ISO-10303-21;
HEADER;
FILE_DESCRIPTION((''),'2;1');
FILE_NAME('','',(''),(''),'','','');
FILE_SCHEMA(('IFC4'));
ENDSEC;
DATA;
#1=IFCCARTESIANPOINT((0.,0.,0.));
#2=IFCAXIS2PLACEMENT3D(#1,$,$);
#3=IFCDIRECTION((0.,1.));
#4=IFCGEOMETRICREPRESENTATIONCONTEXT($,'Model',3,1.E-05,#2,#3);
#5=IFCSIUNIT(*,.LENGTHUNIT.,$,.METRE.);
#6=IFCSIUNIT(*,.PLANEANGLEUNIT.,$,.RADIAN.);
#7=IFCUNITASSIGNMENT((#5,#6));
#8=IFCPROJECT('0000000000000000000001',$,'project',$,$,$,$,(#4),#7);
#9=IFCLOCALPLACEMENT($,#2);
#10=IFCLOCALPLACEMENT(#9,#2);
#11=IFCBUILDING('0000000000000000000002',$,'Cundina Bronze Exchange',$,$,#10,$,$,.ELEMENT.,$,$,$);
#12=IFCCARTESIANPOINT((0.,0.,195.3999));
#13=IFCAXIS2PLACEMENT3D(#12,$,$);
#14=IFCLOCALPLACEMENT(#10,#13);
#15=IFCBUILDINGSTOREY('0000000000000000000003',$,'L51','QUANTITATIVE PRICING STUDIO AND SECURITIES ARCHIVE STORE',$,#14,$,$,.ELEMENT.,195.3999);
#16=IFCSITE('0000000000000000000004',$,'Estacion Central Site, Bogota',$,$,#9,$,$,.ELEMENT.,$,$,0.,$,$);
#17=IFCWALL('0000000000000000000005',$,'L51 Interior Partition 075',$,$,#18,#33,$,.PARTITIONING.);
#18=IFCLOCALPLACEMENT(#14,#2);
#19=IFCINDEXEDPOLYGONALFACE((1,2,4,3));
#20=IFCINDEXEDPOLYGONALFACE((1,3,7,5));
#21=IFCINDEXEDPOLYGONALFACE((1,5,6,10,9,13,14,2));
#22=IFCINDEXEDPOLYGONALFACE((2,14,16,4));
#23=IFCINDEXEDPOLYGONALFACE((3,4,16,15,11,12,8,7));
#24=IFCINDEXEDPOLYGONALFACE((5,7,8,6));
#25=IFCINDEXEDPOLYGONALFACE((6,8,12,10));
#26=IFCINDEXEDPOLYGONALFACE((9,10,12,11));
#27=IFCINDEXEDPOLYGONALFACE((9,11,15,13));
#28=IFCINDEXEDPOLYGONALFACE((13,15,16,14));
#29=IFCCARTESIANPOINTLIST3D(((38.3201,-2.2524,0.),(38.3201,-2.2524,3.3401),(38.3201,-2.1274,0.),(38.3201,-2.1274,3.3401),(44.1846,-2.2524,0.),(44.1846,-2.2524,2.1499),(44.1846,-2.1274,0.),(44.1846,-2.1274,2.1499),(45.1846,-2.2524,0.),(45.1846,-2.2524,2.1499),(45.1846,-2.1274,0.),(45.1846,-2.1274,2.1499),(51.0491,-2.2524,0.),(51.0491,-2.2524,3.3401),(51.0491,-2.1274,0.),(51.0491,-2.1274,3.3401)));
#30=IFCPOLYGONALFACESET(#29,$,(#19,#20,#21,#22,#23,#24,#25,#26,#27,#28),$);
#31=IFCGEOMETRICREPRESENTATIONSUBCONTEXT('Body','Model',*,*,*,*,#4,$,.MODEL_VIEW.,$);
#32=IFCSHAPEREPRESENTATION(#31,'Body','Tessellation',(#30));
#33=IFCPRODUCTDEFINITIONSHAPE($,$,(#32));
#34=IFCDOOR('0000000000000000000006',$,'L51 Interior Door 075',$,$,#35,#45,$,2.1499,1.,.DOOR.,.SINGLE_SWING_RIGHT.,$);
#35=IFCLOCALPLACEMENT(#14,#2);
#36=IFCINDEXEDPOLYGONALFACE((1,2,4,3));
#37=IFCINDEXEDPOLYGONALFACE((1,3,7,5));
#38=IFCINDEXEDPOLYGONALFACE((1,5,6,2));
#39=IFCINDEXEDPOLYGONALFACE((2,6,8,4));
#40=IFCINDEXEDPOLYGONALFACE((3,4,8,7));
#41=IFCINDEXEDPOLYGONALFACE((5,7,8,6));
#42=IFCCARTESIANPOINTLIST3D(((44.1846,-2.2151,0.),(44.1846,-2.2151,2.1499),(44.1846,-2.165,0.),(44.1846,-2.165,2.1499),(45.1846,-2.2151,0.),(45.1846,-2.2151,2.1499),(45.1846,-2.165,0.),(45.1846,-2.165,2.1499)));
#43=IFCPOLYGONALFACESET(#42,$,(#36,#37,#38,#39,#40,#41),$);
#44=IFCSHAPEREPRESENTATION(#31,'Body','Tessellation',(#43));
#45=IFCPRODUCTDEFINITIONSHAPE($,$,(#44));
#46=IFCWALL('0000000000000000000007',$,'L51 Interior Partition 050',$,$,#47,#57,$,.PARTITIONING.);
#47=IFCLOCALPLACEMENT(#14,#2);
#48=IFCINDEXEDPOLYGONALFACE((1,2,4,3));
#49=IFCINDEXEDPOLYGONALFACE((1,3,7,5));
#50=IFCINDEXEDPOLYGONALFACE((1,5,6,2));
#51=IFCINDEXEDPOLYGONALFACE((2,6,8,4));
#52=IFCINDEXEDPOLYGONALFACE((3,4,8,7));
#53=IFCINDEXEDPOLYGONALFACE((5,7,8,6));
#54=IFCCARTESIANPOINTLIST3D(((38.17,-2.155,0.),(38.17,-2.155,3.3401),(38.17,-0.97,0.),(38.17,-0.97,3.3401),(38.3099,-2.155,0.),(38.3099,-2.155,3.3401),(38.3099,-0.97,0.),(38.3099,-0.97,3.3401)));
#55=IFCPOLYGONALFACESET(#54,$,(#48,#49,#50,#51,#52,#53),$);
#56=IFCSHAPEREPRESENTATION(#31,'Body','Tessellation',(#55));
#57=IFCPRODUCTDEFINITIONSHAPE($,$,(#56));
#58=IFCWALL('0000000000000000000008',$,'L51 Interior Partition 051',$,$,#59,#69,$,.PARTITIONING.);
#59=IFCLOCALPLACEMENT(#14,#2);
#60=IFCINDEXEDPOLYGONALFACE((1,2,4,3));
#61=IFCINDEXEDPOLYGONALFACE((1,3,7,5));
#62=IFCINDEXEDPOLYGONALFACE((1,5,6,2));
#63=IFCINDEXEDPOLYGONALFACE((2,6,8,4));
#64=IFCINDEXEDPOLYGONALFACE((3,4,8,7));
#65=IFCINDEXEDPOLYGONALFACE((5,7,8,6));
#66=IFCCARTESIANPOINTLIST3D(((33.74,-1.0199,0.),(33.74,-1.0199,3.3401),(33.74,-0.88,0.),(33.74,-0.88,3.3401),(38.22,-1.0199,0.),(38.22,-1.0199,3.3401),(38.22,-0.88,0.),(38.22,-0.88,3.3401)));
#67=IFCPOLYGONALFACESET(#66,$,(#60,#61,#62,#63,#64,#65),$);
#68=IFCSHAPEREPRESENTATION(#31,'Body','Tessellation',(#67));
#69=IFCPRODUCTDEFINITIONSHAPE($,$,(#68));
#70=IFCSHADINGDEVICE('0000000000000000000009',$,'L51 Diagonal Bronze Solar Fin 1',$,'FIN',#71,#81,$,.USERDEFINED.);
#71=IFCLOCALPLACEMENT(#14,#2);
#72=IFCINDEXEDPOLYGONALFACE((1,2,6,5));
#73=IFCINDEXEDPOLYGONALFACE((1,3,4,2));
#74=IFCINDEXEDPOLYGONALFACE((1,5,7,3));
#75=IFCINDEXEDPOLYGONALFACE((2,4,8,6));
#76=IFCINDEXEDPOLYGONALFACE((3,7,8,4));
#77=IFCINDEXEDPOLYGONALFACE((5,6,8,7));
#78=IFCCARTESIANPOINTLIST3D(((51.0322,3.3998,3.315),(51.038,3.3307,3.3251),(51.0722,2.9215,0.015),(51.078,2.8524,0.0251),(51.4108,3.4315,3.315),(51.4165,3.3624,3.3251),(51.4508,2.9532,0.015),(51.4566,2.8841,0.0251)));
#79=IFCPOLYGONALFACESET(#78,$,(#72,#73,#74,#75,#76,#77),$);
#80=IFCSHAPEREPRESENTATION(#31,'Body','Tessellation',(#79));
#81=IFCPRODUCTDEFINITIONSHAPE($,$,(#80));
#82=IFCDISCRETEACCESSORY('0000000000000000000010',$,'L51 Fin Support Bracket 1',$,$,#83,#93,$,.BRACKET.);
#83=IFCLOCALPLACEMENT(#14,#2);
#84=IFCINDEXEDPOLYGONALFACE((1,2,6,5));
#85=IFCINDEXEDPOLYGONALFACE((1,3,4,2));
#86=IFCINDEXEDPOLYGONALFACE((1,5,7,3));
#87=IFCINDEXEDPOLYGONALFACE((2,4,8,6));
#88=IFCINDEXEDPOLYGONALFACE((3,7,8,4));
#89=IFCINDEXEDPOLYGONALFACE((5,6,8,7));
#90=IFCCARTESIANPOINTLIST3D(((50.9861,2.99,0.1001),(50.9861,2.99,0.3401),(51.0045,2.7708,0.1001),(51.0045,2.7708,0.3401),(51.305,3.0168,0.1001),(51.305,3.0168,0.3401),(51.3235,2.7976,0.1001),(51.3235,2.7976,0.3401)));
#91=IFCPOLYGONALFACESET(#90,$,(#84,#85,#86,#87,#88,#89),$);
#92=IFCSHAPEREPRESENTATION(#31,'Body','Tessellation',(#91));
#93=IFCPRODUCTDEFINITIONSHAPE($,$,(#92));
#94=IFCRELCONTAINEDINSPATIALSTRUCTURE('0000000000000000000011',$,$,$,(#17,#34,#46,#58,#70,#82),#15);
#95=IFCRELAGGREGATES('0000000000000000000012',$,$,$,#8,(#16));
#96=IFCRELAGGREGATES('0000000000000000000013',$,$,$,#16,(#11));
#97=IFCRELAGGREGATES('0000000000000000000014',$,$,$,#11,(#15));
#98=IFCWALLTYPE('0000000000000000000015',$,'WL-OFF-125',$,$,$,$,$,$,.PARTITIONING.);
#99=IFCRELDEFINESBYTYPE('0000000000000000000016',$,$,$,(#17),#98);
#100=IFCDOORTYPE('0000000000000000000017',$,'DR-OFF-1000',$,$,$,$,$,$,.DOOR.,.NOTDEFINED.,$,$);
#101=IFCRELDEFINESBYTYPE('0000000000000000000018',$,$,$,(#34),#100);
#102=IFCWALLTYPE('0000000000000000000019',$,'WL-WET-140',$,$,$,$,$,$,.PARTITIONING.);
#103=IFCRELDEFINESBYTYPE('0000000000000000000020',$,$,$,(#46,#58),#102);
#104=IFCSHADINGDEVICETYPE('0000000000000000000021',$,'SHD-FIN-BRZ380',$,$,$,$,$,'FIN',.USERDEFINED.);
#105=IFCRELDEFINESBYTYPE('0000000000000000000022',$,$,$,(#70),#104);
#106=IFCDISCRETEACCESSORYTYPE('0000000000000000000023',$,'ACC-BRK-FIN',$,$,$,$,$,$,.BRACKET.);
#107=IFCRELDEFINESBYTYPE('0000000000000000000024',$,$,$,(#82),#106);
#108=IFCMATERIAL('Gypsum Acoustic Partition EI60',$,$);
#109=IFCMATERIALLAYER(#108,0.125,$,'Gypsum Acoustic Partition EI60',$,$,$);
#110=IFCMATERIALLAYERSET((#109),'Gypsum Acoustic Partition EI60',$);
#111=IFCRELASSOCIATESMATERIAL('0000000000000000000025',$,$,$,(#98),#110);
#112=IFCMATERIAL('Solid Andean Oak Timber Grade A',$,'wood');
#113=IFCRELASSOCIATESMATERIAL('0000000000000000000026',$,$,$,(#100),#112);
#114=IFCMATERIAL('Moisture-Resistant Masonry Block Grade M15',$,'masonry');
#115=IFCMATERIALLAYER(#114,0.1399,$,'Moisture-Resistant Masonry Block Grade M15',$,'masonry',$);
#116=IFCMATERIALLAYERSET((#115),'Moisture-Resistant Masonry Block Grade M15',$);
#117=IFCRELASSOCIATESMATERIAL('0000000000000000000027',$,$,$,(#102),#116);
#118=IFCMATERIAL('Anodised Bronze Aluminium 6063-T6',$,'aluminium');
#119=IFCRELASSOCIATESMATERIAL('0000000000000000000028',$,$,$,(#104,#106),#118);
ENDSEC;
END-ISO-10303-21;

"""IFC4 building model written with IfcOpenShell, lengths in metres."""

from ifc_helpers import new_model, si_unit, direction, frame, frame_2d, origin, origin_2d, place, context, subcontext, project, spatial, rectangle, extrude, material, layer, layer_set, material_profile, profile_set, type_object, element, fill, save


model = new_model("IFC4")

# Units and contexts
model_context = context("Model", 3, precision=1e-05, world=origin(), true_north=direction((0.0, 1.0)))
body_context = subcontext(model_context, "Body", "Model", "MODEL_VIEW")
ifc_project = project(units=[si_unit("LENGTHUNIT", "METRE"), si_unit("PLANEANGLEUNIT", "RADIAN")], contexts=[model_context])

# Site, building, storey
site_placement = place(None, origin())
site = spatial("IfcSite", under=ifc_project, at=site_placement, Name="Estacion Central Site, Bogota", CompositionType="ELEMENT", RefElevation=0.0)
building_placement = place(site_placement, origin())
building = spatial("IfcBuilding", under=site, at=building_placement, Name="Cundina Bronze Exchange", CompositionType="ELEMENT")
storey_placement = place(building_placement, frame((0.0, 0.0, 195.3999)))
storey = spatial("IfcBuildingStorey", under=building, at=storey_placement, Name="L51", Description="QUANTITATIVE PRICING STUDIO AND SECURITIES ARCHIVE STORE", CompositionType="ELEMENT", Elevation=195.3999)

# Shared definitions
ifc_material_1 = material(Name="Anodised Bronze Aluminium 6063-T6", Category="aluminium")

# Wall, opening, door
ifc_material_2 = material(Name="Gypsum Acoustic Partition EI60")
ifc_layer_1 = layer(ifc_material_2, 0.125, Name="Gypsum Acoustic Partition EI60")
ifc_layer_set_1 = layer_set([ifc_layer_1], Name="Gypsum Acoustic Partition EI60")
wall_type_1 = type_object("IfcWallType", Name="WL-OFF-125", PredefinedType="PARTITIONING", material=ifc_layer_set_1)
wall_1_placement = place(storey_placement, frame((38.3201, -2.1899, 0.0), z_axis=(0.0, 0.0, 1.0), x_axis=(1.0, 0.0, 0.0)))
wall_1 = element("IfcWall", 1, at=wall_1_placement, inside=storey, type_object=wall_type_1, Name="L51 Interior Partition 075", PredefinedType="PARTITIONING", context=body_context, shape_type="SweptSolid", body=[
    extrude(rectangle(XDim=12.729, YDim=0.125, at=frame_2d((6.3645, 0.0))), origin(), (0.0, 0.0, 1.0), 3.3401),
])
opening_placement = place(wall_1_placement, frame((5.8645, 0.0, 0.0)))
opening = element("IfcOpeningElement", 2, at=opening_placement, cuts=wall_1, PredefinedType="OPENING", context=body_context, shape_type="SweptSolid", body=[
    extrude(rectangle(XDim=1.0, YDim=2.1499, at=frame_2d((0.5, 1.075))), frame((0.0, 0.0725, 0.0), z_axis=(0.0, -1.0, 0.0), x_axis=(1.0, 0.0, 0.0)), (0.0, 0.0, 1.0), 0.145),
])
ifc_material_3 = material(Name="Solid Andean Oak Timber Grade A", Category="wood")
door_type = type_object("IfcDoorType", Name="DR-OFF-1000", OperationType="NOTDEFINED", PredefinedType="DOOR", material=ifc_material_3)
door_placement = place(opening_placement, origin())
door = element("IfcDoor", 3, at=door_placement, inside=storey, type_object=door_type, Name="L51 Interior Door 075", OperationType="SINGLE_SWING_RIGHT", OverallHeight=2.1499, OverallWidth=1.0, PredefinedType="DOOR", context=body_context, shape_type="SweptSolid", body=[
    extrude(rectangle(XDim=1.0, YDim=2.1499, at=frame_2d((0.5, 1.075))), frame((0.0, 0.0249, 0.0), z_axis=(0.0, -1.0, 0.0), x_axis=(1.0, 0.0, 0.0)), (0.0, 0.0, 1.0), 0.05),
])
fill(opening, door)

# Walls
ifc_material_4 = material(Name="Moisture-Resistant Masonry Block Grade M15", Category="masonry")
ifc_layer_2 = layer(ifc_material_4, 0.1399, Name="Moisture-Resistant Masonry Block Grade M15", Category="masonry")
ifc_layer_set_2 = layer_set([ifc_layer_2], Name="Moisture-Resistant Masonry Block Grade M15")
wall_type_2 = type_object("IfcWallType", Name="WL-WET-140", PredefinedType="PARTITIONING", material=ifc_layer_set_2)
wall_2_placement = place(storey_placement, frame((38.24, -2.155, 0.0), z_axis=(0.0, 0.0, 1.0), x_axis=(0.0, 1.0, 0.0)))
element("IfcWall", 4, at=wall_2_placement, inside=storey, type_object=wall_type_2, Name="L51 Interior Partition 050", PredefinedType="PARTITIONING", context=body_context, shape_type="SweptSolid", body=[
    extrude(rectangle(XDim=1.1851, YDim=0.1399, at=frame_2d((0.5925, 0.0))), origin(), (0.0, 0.0, 1.0), 3.3401),
])
wall_3_placement = place(storey_placement, frame((33.74, -0.95, 0.0), z_axis=(0.0, 0.0, 1.0), x_axis=(1.0, 0.0, 0.0)))
element("IfcWall", 5, at=wall_3_placement, inside=storey, type_object=wall_type_2, Name="L51 Interior Partition 051", PredefinedType="PARTITIONING", context=body_context, shape_type="SweptSolid", body=[
    extrude(rectangle(XDim=4.48, YDim=0.1399, at=frame_2d((2.24, 0.0))), origin(), (0.0, 0.0, 1.0), 3.3401),
])

# Shading device
ifc_material_profile_1 = material_profile(ifc_material_1, rectangle(XDim=0.0701, YDim=0.3799, at=origin_2d()), Name="FIN70X380", Category="aluminium")
ifc_profile_set_1 = profile_set([ifc_material_profile_1], Name="Anodised Bronze Aluminium 6063-T6")
shading_device_type = type_object("IfcShadingDeviceType", Name="SHD-FIN-BRZ380", ElementType="FIN", PredefinedType="USERDEFINED", material=ifc_profile_set_1)
shading_device_placement = place(storey_placement, frame((51.2644, 2.9028, 0.02), z_axis=(-0.012007, 0.14342, 0.989589), x_axis=(0.082556, -0.98614, 0.143921)))
element("IfcShadingDevice", 6, at=shading_device_placement, inside=storey, type_object=shading_device_type, Name="L51 Diagonal Bronze Solar Fin 1", ObjectType="FIN", PredefinedType="USERDEFINED", context=body_context, shape_type="SweptSolid", body=[
    extrude(rectangle(XDim=0.0701, YDim=0.3799, at=origin_2d()), origin(), (0.0, 0.0, 1.0), 3.3347),
])

# Discrete accessory
discrete_accessory_type = type_object("IfcDiscreteAccessoryType", Name="ACC-BRK-FIN", PredefinedType="BRACKET", material=ifc_material_1)
discrete_accessory_placement = place(storey_placement, frame((51.1548, 2.8938, 0.1001), z_axis=(0.0, 0.0, 1.0), x_axis=(-0.083747, 0.996487, 0.0)))
element("IfcDiscreteAccessory", 7, at=discrete_accessory_placement, inside=storey, type_object=discrete_accessory_type, Name="L51 Fin Support Bracket 1", PredefinedType="BRACKET", context=body_context, shape_type="SweptSolid", body=[
    extrude(rectangle(XDim=0.22, YDim=0.3201, at=origin_2d()), origin(), (0.0, 0.0, 1.0), 0.24),
])

save(model, "model.ifc")
